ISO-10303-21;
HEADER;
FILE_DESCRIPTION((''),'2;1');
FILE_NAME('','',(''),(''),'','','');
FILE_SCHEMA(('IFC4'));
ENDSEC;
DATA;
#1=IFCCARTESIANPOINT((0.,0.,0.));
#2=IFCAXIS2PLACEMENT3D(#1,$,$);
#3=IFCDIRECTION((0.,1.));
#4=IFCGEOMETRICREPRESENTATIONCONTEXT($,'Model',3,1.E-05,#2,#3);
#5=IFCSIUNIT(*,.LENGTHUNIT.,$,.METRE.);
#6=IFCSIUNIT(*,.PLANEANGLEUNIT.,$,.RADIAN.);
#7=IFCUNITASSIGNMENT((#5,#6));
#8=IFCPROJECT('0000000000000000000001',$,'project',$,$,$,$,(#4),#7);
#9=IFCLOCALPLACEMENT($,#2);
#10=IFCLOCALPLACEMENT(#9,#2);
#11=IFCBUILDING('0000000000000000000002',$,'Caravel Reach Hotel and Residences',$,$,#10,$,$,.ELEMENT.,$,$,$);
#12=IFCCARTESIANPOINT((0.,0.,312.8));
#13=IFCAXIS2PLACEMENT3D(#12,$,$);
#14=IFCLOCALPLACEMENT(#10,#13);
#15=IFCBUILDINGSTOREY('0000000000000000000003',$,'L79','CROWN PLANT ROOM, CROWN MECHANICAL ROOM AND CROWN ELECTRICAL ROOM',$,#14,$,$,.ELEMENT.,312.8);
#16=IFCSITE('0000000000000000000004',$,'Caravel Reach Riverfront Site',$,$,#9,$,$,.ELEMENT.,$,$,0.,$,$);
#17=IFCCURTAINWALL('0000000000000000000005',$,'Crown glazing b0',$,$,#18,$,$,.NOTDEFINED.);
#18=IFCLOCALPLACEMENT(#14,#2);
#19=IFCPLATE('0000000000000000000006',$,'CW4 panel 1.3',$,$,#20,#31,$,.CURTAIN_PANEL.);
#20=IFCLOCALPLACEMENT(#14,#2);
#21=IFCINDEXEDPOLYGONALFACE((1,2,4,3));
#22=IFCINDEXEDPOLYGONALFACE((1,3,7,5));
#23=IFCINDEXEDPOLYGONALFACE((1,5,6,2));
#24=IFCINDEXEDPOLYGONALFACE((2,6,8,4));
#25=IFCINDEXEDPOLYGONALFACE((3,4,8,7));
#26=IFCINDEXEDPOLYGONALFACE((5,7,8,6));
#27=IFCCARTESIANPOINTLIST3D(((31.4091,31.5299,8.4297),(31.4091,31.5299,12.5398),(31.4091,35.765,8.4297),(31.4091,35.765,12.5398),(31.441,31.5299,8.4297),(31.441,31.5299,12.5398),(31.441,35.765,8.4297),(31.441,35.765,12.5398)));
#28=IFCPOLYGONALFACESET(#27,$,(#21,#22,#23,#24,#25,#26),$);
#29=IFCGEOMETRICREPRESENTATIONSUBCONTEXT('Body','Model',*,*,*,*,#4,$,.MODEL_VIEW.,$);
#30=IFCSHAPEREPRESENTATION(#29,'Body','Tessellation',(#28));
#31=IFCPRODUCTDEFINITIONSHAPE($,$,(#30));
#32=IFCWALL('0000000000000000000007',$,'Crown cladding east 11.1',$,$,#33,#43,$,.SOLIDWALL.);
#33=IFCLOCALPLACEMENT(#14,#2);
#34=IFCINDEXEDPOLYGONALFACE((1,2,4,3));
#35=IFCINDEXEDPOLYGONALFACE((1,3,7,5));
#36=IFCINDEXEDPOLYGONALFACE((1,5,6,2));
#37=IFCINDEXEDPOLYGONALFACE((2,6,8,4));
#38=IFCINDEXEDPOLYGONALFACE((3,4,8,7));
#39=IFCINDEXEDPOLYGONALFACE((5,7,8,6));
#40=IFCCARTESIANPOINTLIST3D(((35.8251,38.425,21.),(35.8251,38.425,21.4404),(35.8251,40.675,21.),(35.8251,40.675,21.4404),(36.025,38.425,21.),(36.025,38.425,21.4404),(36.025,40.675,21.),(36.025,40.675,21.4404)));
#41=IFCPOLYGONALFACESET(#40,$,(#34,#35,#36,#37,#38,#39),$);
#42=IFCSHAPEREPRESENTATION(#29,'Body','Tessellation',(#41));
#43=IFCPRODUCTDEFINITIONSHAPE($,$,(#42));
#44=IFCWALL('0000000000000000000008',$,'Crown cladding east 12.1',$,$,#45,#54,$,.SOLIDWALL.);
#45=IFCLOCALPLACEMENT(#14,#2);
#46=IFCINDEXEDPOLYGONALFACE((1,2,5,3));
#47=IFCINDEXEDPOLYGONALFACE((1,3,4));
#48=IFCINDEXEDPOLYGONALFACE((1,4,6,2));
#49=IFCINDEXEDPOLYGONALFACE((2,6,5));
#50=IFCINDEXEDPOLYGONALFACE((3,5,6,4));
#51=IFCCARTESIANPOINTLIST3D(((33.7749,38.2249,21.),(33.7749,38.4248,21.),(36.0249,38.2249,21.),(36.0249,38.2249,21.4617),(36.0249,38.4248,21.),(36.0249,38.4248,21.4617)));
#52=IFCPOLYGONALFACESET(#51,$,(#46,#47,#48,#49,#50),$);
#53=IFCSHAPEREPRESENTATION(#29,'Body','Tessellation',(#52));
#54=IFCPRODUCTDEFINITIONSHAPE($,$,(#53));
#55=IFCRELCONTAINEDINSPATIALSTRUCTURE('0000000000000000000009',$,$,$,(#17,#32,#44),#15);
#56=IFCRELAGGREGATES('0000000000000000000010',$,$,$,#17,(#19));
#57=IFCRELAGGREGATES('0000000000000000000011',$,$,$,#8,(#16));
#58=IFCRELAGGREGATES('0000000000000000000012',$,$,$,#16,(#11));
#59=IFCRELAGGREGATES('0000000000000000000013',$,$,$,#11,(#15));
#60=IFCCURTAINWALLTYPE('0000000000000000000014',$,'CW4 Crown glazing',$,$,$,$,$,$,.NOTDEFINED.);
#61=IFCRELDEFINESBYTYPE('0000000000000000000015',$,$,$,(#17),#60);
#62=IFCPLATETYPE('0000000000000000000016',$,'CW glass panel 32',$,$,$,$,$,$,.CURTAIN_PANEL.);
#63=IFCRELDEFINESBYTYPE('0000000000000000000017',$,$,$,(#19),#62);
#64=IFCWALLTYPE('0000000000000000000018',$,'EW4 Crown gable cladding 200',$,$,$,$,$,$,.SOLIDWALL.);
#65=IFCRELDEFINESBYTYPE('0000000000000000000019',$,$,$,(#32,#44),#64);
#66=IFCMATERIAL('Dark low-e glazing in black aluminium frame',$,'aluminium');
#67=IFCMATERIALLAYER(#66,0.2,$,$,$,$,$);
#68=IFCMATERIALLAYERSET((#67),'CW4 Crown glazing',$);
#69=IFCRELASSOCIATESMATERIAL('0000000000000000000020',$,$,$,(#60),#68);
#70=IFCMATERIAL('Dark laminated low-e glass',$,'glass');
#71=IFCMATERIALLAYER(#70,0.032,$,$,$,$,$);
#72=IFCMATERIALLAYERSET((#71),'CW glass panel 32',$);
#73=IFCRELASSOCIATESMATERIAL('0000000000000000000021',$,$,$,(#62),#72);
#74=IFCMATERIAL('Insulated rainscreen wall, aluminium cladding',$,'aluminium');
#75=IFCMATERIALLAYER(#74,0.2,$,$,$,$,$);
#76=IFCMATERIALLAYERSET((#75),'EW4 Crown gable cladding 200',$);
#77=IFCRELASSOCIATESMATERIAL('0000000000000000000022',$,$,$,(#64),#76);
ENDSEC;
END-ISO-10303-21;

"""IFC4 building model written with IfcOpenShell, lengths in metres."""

from ifc_helpers import new_model, si_unit, direction, frame, frame_2d, origin, origin_2d, place, context, subcontext, project, spatial, polyline, rectangle, outline, extrude, material, layer, layer_set, type_object, element, aggregate, save


model = new_model("IFC4")

# Units and contexts
model_context = context("Model", 3, precision=1e-05, world=origin(), true_north=direction((0.0, 1.0)))
body_context = subcontext(model_context, "Body", "Model", "MODEL_VIEW")
ifc_project = project(units=[si_unit("LENGTHUNIT", "METRE"), si_unit("PLANEANGLEUNIT", "RADIAN")], contexts=[model_context])

# Site, building, storey
site_placement = place(None, origin())
site = spatial("IfcSite", under=ifc_project, at=site_placement, Name="Caravel Reach Riverfront Site", CompositionType="ELEMENT", RefElevation=0.0)
building_placement = place(site_placement, origin())
building = spatial("IfcBuilding", under=site, at=building_placement, Name="Caravel Reach Hotel and Residences", CompositionType="ELEMENT")
storey_placement = place(building_placement, frame((0.0, 0.0, 312.8)))
storey = spatial("IfcBuildingStorey", under=building, at=storey_placement, Name="L79", Description="CROWN PLANT ROOM, CROWN MECHANICAL ROOM AND CROWN ELECTRICAL ROOM", CompositionType="ELEMENT", Elevation=312.8)

# Shared definitions
ifc_material_1 = material(Name="Dark low-e glazing in black aluminium frame", Category="aluminium")
ifc_layer_1 = layer(ifc_material_1, 0.2)
ifc_layer_set_1 = layer_set([ifc_layer_1], Name="CW4 Crown glazing")
curtain_wall_type = type_object("IfcCurtainWallType", Name="CW4 Crown glazing", PredefinedType="NOTDEFINED", material=ifc_layer_set_1)

# Curtain wall
curtain_wall_1_placement = place(storey_placement, origin())
curtain_wall_1 = element("IfcCurtainWall", 1, at=curtain_wall_1_placement, inside=storey, type_object=curtain_wall_type, Name="Crown glazing b0", PredefinedType="NOTDEFINED")

# Shared definitions
ifc_material_2 = material(Name="Dark laminated low-e glass", Category="glass")
ifc_layer_2 = layer(ifc_material_2, 0.032)
ifc_layer_set_2 = layer_set([ifc_layer_2], Name="CW glass panel 32")
plate_type = type_object("IfcPlateType", Name="CW glass panel 32", PredefinedType="CURTAIN_PANEL", material=ifc_layer_set_2)

# Plate
plate_1_placement = place(storey_placement, frame((31.425, 33.6475, 8.4297), z_axis=(0.0, 0.0, 1.0), x_axis=(0.0, -1.0, 0.0)))
plate_1 = element("IfcPlate", 2, at=plate_1_placement, type_object=plate_type, Name="CW4 panel 1.3", PredefinedType="CURTAIN_PANEL", context=body_context, shape_type="SweptSolid", body=[
    extrude(rectangle(XDim=4.2351, YDim=0.032, at=origin_2d()), origin(), (0.0, 0.0, 1.0), 4.1101),
])
aggregate(curtain_wall_1, [plate_1])

# Walls
ifc_material_3 = material(Name="Insulated rainscreen wall, aluminium cladding", Category="aluminium")
ifc_layer_3 = layer(ifc_material_3, 0.2)
ifc_layer_set_3 = layer_set([ifc_layer_3], Name="EW4 Crown gable cladding 200")
wall_type = type_object("IfcWallType", Name="EW4 Crown gable cladding 200", PredefinedType="SOLIDWALL", material=ifc_layer_set_3)
wall_1_placement = place(storey_placement, frame((35.925, 40.675, 21.0), z_axis=(0.0, 0.0, 1.0), x_axis=(0.0, -1.0, 0.0)))
element("IfcWall", 3, at=wall_1_placement, inside=storey, type_object=wall_type, Name="Crown cladding east 11.1", PredefinedType="SOLIDWALL", context=body_context, shape_type="SweptSolid", body=[
    extrude(rectangle(XDim=2.25, YDim=0.2, at=frame_2d((1.125, 0.0))), origin(), (0.0, 0.0, 1.0), 0.4404),
])
wall_2_placement = place(storey_placement, frame((36.0249, 38.325, 21.0), z_axis=(0.0, 0.0, 1.0), x_axis=(-1.0, 0.0, 0.0)))
element("IfcWall", 4, at=wall_2_placement, inside=storey, type_object=wall_type, Name="Crown cladding east 12.1", PredefinedType="SOLIDWALL", context=body_context, shape_type="SweptSolid", body=[
    extrude(outline(polyline([(0.0, 0.0), (2.25, 0.0), (0.0, 0.4617), (0.0, 0.0)])), frame((0.0, 0.1001, 0.0), z_axis=(0.0, -1.0, 0.0), x_axis=(1.0, 0.0, 0.0)), (0.0, 0.0, 1.0), 0.2),
])

save(model, "model.ifc")
